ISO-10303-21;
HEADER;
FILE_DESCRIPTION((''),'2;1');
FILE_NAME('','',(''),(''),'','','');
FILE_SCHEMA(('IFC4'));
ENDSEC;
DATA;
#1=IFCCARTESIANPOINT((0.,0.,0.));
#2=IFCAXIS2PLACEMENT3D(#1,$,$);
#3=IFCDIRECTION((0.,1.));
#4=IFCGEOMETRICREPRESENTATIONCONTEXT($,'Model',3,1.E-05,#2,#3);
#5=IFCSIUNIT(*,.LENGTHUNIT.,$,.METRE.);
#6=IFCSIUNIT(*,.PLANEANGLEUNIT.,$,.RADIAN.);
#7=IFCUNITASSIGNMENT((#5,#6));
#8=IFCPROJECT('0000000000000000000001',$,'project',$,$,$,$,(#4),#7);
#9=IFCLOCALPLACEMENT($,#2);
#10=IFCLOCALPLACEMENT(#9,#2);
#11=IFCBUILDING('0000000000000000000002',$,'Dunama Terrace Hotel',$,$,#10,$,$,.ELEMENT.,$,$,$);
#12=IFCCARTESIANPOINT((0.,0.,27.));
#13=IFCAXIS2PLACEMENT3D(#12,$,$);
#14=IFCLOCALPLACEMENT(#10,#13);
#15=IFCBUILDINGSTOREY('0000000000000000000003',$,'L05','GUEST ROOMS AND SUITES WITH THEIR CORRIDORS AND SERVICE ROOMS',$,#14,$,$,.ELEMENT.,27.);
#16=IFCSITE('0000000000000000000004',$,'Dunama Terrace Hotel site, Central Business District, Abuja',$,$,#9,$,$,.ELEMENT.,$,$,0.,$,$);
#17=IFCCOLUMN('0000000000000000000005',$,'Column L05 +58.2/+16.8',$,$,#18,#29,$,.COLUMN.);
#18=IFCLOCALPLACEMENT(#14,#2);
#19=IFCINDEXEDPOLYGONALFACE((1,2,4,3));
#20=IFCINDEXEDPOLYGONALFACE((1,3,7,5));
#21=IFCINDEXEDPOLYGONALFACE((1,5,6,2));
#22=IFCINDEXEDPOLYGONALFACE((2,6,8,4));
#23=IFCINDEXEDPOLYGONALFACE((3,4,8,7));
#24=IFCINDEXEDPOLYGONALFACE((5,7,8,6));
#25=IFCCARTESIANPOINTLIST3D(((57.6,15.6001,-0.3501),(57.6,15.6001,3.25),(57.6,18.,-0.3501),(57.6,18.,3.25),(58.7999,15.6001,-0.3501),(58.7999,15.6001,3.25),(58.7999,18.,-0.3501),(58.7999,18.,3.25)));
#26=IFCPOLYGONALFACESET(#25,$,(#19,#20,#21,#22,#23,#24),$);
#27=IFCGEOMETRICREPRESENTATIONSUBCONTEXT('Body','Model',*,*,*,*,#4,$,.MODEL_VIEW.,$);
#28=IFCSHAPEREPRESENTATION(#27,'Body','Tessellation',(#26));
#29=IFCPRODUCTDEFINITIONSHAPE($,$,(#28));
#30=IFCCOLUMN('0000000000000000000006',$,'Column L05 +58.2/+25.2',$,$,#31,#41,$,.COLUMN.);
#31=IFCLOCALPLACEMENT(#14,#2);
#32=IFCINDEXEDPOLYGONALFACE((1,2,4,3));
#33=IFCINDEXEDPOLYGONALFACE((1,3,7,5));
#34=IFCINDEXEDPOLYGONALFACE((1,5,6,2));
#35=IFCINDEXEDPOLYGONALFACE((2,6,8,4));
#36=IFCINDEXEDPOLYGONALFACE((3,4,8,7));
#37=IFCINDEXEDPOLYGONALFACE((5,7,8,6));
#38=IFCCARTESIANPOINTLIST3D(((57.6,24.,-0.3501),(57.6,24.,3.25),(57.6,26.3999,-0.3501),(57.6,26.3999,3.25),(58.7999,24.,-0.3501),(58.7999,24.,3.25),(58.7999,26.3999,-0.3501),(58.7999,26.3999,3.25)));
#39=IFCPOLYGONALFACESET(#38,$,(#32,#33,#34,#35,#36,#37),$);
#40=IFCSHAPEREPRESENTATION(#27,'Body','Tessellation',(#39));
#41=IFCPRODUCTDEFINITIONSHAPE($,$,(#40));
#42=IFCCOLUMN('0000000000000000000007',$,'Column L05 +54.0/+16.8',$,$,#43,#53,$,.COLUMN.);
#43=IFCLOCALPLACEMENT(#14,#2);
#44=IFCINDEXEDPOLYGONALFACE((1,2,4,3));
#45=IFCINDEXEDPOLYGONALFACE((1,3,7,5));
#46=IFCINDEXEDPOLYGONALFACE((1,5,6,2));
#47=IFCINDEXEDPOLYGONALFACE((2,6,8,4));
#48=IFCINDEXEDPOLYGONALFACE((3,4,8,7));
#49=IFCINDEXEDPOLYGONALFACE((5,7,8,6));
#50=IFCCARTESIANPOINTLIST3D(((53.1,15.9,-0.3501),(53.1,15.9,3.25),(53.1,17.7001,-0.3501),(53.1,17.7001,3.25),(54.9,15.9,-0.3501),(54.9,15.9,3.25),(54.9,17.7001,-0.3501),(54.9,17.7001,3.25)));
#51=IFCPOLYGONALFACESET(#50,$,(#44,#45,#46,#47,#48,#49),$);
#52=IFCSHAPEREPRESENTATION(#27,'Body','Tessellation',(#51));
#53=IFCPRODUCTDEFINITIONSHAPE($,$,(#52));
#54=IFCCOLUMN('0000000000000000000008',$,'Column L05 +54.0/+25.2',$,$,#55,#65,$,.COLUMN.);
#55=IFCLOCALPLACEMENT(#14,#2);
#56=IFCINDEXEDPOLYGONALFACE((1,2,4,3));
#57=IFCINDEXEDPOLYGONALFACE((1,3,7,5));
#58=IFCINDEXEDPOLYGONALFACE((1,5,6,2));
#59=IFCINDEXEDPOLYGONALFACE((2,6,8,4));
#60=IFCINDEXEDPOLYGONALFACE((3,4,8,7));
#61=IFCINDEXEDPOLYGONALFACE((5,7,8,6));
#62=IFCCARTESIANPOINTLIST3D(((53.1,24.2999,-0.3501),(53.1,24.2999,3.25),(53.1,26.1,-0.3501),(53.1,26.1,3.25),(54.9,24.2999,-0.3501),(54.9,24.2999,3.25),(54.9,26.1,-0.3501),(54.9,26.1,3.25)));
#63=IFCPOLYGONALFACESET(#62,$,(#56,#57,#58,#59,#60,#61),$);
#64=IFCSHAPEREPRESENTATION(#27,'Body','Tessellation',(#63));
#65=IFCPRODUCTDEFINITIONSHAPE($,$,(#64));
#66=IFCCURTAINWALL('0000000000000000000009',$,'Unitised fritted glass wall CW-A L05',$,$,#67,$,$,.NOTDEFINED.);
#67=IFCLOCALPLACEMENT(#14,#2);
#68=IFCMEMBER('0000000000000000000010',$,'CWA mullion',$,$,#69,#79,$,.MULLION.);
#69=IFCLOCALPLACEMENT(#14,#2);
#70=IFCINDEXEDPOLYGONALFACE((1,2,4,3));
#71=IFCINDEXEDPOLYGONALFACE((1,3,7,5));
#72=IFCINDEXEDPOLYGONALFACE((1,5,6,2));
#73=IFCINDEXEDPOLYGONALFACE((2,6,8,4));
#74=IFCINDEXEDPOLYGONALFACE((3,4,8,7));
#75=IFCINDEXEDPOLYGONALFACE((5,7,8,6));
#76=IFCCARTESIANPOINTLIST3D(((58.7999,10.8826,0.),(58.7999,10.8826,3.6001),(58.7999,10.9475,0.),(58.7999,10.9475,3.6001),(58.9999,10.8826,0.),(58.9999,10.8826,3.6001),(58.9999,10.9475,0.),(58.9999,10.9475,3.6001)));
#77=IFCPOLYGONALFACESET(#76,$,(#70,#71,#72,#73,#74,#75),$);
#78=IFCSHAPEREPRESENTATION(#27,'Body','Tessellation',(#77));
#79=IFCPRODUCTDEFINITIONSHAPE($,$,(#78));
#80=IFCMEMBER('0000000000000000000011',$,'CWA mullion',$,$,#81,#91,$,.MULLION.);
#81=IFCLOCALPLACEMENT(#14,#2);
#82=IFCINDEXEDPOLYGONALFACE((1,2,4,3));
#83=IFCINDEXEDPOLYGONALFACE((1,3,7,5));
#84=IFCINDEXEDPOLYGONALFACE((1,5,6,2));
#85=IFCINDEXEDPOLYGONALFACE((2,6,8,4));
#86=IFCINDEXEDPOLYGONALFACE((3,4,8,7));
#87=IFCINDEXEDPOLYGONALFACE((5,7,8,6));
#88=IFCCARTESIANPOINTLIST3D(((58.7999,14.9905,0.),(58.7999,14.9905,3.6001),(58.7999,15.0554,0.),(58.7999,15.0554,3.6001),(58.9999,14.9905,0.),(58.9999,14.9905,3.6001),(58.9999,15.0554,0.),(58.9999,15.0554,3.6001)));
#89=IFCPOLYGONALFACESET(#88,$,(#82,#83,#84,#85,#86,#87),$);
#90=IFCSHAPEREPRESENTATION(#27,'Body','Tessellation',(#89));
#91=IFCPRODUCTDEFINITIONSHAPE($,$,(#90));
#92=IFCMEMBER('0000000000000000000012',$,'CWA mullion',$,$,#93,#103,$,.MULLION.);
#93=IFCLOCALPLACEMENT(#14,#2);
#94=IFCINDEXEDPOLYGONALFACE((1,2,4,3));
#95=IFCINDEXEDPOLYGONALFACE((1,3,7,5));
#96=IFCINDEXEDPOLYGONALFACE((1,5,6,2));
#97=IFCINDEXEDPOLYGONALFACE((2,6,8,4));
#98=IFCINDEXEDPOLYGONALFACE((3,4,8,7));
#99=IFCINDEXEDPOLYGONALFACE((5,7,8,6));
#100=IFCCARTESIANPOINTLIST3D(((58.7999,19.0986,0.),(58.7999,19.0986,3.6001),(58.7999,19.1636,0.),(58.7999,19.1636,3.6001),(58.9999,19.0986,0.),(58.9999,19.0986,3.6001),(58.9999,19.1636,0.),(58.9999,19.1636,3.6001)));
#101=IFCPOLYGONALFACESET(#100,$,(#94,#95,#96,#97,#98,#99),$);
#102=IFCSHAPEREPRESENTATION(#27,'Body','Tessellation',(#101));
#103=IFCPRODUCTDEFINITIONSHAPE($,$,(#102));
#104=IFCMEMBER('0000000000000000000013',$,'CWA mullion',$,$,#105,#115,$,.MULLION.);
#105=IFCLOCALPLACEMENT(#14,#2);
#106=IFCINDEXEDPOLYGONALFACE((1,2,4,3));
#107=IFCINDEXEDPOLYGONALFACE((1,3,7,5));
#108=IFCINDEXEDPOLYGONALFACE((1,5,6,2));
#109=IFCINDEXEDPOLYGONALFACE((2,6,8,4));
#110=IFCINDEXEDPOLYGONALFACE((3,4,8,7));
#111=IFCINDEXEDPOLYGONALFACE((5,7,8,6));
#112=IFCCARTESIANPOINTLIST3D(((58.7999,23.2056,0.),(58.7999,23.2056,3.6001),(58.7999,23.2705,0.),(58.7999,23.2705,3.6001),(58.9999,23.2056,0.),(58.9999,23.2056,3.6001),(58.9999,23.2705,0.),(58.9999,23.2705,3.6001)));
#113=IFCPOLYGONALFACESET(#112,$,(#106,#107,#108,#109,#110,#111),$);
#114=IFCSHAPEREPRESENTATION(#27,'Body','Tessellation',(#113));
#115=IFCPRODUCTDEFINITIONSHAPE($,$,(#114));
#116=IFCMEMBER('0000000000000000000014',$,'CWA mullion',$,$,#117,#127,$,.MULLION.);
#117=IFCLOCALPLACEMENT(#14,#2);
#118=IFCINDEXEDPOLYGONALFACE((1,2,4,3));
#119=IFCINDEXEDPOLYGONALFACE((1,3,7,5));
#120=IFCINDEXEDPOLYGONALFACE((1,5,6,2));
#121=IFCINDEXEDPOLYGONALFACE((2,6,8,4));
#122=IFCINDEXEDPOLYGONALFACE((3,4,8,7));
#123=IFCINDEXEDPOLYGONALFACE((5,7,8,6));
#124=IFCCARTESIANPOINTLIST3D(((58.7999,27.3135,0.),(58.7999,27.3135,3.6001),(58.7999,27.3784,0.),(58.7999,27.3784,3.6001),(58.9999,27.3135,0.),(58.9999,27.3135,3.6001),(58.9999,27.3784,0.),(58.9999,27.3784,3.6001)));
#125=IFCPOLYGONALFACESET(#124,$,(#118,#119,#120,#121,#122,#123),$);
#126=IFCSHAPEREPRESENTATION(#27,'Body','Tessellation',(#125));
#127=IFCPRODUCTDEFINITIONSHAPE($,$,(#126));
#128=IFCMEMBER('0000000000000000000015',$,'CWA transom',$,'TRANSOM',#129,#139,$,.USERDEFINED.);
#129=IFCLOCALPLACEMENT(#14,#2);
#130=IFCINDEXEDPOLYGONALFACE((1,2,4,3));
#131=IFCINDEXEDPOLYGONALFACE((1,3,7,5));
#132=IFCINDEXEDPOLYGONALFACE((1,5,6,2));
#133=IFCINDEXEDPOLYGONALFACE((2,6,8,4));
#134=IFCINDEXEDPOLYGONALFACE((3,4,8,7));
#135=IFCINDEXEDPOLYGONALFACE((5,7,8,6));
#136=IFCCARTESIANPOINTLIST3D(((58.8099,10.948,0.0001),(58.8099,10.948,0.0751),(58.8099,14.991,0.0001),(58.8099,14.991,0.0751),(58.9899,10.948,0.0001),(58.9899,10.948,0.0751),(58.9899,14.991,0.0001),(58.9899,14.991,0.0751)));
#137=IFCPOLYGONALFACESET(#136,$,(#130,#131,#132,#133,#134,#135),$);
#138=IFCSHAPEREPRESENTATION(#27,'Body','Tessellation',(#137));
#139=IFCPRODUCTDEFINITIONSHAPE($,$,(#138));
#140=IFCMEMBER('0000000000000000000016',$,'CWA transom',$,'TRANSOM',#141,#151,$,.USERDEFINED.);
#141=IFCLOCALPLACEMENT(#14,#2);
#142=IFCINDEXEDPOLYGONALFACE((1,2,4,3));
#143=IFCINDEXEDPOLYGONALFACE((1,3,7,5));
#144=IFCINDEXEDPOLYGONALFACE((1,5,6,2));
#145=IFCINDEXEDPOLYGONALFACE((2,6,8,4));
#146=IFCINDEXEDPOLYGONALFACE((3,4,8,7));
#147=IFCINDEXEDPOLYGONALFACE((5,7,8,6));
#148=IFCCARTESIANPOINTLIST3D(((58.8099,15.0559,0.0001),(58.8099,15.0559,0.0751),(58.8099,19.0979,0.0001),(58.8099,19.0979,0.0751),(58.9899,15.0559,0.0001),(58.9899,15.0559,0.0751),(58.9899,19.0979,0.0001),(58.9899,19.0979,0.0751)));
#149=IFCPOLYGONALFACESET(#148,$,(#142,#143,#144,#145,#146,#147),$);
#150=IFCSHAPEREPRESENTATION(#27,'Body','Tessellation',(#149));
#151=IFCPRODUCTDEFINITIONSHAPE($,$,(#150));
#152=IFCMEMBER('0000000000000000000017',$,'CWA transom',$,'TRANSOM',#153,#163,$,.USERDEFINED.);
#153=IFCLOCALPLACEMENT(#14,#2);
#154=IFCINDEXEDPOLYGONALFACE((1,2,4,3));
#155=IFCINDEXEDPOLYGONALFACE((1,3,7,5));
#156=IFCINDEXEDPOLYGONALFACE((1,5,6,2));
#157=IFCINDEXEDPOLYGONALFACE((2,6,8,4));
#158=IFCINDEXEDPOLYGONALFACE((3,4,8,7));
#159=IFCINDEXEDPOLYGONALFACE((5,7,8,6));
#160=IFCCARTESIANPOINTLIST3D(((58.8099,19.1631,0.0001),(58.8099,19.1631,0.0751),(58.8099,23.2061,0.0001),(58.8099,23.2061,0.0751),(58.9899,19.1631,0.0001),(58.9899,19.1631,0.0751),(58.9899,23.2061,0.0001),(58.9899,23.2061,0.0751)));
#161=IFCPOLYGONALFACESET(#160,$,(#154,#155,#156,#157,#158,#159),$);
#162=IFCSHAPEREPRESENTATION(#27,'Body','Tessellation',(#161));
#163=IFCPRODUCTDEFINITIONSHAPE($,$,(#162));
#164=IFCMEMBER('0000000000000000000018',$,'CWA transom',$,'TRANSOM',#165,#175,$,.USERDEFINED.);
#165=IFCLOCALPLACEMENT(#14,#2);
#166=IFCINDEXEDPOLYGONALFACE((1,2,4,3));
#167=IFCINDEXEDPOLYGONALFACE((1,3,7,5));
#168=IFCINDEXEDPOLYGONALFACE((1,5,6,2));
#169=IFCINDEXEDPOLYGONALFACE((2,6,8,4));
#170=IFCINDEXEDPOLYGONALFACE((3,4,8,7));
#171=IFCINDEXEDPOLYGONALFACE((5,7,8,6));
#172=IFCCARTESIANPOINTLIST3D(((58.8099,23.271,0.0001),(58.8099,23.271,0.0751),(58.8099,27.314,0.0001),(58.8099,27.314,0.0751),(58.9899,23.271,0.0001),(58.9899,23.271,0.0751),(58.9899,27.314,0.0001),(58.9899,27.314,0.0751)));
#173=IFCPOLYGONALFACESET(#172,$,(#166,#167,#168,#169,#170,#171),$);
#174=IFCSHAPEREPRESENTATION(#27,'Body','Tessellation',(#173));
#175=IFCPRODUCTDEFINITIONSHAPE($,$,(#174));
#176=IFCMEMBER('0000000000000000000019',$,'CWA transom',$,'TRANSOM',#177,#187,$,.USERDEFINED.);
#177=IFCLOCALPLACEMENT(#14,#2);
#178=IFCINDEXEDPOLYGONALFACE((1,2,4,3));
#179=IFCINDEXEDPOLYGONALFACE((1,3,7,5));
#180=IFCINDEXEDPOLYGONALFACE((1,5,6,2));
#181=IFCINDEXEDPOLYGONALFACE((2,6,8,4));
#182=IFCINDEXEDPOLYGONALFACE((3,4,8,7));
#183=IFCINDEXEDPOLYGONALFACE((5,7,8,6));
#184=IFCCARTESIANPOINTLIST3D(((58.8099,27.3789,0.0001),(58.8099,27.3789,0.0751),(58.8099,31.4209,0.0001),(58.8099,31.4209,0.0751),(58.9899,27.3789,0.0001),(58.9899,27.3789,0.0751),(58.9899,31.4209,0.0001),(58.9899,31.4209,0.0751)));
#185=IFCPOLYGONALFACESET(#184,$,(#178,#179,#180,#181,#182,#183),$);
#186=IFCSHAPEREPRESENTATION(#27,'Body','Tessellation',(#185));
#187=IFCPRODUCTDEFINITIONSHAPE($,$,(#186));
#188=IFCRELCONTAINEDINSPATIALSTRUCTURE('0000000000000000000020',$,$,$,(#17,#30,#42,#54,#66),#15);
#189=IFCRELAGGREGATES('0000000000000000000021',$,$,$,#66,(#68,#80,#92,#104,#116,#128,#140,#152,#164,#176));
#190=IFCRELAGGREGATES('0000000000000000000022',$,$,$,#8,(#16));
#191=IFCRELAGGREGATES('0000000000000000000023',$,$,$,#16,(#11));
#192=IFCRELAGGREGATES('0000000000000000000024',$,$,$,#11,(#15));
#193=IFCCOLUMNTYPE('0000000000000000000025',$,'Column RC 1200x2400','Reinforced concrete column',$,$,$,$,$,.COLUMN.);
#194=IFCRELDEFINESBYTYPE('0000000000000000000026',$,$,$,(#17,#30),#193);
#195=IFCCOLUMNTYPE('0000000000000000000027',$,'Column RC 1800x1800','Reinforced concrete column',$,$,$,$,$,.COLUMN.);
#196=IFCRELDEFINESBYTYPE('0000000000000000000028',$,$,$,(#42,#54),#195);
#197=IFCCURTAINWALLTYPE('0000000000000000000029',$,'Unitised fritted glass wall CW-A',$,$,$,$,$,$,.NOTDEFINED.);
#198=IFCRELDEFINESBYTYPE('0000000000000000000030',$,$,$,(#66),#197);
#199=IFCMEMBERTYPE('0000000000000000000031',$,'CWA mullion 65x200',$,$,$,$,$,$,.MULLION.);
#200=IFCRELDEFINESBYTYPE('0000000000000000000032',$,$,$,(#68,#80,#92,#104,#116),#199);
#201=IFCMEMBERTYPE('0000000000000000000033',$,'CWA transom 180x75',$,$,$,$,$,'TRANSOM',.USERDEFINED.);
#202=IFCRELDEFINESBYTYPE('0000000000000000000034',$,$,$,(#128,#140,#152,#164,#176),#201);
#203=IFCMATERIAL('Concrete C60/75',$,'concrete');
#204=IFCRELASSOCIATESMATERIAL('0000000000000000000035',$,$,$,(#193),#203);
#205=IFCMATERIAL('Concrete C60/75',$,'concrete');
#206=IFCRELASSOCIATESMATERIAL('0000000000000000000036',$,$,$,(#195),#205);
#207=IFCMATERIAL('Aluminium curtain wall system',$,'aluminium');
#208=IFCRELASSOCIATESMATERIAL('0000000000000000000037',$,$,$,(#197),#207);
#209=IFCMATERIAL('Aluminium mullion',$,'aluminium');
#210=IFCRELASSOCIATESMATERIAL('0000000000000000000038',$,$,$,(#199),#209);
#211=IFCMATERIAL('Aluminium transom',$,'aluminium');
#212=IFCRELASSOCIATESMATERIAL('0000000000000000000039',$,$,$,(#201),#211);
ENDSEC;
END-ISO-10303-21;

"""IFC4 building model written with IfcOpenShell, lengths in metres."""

from ifc_helpers import new_model, si_unit, direction, frame, origin, origin_2d, place, context, subcontext, project, spatial, rectangle, extrude, material, material_profile, profile_set, type_object, element, aggregate, save


model = new_model("IFC4")

# Units and contexts
model_context = context("Model", 3, precision=1e-05, world=origin(), true_north=direction((0.0, 1.0)))
body_context = subcontext(model_context, "Body", "Model", "MODEL_VIEW")
ifc_project = project(units=[si_unit("LENGTHUNIT", "METRE"), si_unit("PLANEANGLEUNIT", "RADIAN")], contexts=[model_context])

# Site, building, storey
site_placement = place(None, origin())
site = spatial("IfcSite", under=ifc_project, at=site_placement, Name="Dunama Terrace Hotel site, Central Business District, Abuja", CompositionType="ELEMENT", RefElevation=0.0)
building_placement = place(site_placement, origin())
building = spatial("IfcBuilding", under=site, at=building_placement, Name="Dunama Terrace Hotel", CompositionType="ELEMENT")
storey_placement = place(building_placement, frame((0.0, 0.0, 27.0)))
storey = spatial("IfcBuildingStorey", under=building, at=storey_placement, Name="L05", Description="GUEST ROOMS AND SUITES WITH THEIR CORRIDORS AND SERVICE ROOMS", CompositionType="ELEMENT", Elevation=27.0)

# Columns
ifc_material_1 = material(Name="Concrete C60/75", Category="concrete")
ifc_material_profile_1 = material_profile(ifc_material_1, rectangle(XDim=1.2, YDim=2.3999, at=origin_2d()), Name="RC 1200x2400")
ifc_profile_set_1 = profile_set([ifc_material_profile_1], Name="Concrete C60/75")
column_type_1 = type_object("IfcColumnType", Name="Column RC 1200x2400", Description="Reinforced concrete column", PredefinedType="COLUMN", material=ifc_profile_set_1)
for number, where, z_axis, x_axis, name in (
    (1, (58.2, 16.8, -0.3501), (0.0, 0.0, 1.0), (1.0, 0.0, 0.0), "Column L05 +58.2/+16.8"),
    (2, (58.2, 25.2, -0.3501), (0.0, 0.0, 1.0), (1.0, 0.0, 0.0), "Column L05 +58.2/+25.2"),
):
    element("IfcColumn", number, at=place(storey_placement, frame(where, z_axis=z_axis, x_axis=x_axis)), inside=storey, type_object=column_type_1, Name=name, PredefinedType="COLUMN", context=body_context, shape_type="SweptSolid", body=[
        extrude(rectangle(XDim=1.2, YDim=2.3999, at=origin_2d()), origin(), (0.0, 0.0, 1.0), 3.6001),
    ])
ifc_material_2 = material(Name="Concrete C60/75", Category="concrete")
ifc_material_profile_2 = material_profile(ifc_material_2, rectangle(XDim=1.8, YDim=1.8, at=origin_2d()), Name="RC 1800x1800")
ifc_profile_set_2 = profile_set([ifc_material_profile_2], Name="Concrete C60/75")
column_type_2 = type_object("IfcColumnType", Name="Column RC 1800x1800", Description="Reinforced concrete column", PredefinedType="COLUMN", material=ifc_profile_set_2)
for number, where, z_axis, x_axis, name in (
    (3, (54.0, 16.8, -0.3501), (0.0, 0.0, 1.0), (1.0, 0.0, 0.0), "Column L05 +54.0/+16.8"),
    (4, (54.0, 25.2, -0.3501), (0.0, 0.0, 1.0), (1.0, 0.0, 0.0), "Column L05 +54.0/+25.2"),
):
    element("IfcColumn", number, at=place(storey_placement, frame(where, z_axis=z_axis, x_axis=x_axis)), inside=storey, type_object=column_type_2, Name=name, PredefinedType="COLUMN", context=body_context, shape_type="SweptSolid", body=[
        extrude(rectangle(XDim=1.8, YDim=1.8, at=origin_2d()), origin(), (0.0, 0.0, 1.0), 3.6001),
    ])

# Curtain wall, members
ifc_material_3 = material(Name="Aluminium curtain wall system", Category="aluminium")
curtain_wall_type = type_object("IfcCurtainWallType", Name="Unitised fritted glass wall CW-A", PredefinedType="NOTDEFINED", material=ifc_material_3)
curtain_wall_placement = place(storey_placement, origin())
curtain_wall = element("IfcCurtainWall", 5, at=curtain_wall_placement, inside=storey, type_object=curtain_wall_type, Name="Unitised fritted glass wall CW-A L05", PredefinedType="NOTDEFINED")
ifc_material_4 = material(Name="Aluminium mullion", Category="aluminium")
ifc_material_profile_3 = material_profile(ifc_material_4, rectangle(XDim=0.0649, YDim=0.2, at=origin_2d()), Name="CWA MULLION 65X200")
ifc_profile_set_3 = profile_set([ifc_material_profile_3], Name="Aluminium mullion")
member_type_1 = type_object("IfcMemberType", Name="CWA mullion 65x200", PredefinedType="MULLION", material=ifc_profile_set_3)
member_1_placement = place(storey_placement, frame((58.8999, 10.915, 0.0), z_axis=(0.0, 0.0, 1.0), x_axis=(0.0, 1.0, 0.0)))
member_1 = element("IfcMember", 6, at=member_1_placement, type_object=member_type_1, Name="CWA mullion", PredefinedType="MULLION", context=body_context, shape_type="SweptSolid", body=[
    extrude(rectangle(XDim=0.0649, YDim=0.2, at=origin_2d()), origin(), (0.0, 0.0, 1.0), 3.6001),
])
member_2_placement = place(storey_placement, frame((58.8999, 15.0229, 0.0), z_axis=(0.0, 0.0, 1.0), x_axis=(0.0, 1.0, 0.0)))
member_2 = element("IfcMember", 7, at=member_2_placement, type_object=member_type_1, Name="CWA mullion", PredefinedType="MULLION", context=body_context, shape_type="SweptSolid", body=[
    extrude(rectangle(XDim=0.0649, YDim=0.2, at=origin_2d()), origin(), (0.0, 0.0, 1.0), 3.6001),
])
member_3_placement = place(storey_placement, frame((58.8999, 19.1311, 0.0), z_axis=(0.0, 0.0, 1.0), x_axis=(0.0, 1.0, 0.0)))
member_3 = element("IfcMember", 8, at=member_3_placement, type_object=member_type_1, Name="CWA mullion", PredefinedType="MULLION", context=body_context, shape_type="SweptSolid", body=[
    extrude(rectangle(XDim=0.0649, YDim=0.2, at=origin_2d()), origin(), (0.0, 0.0, 1.0), 3.6001),
])
member_4_placement = place(storey_placement, frame((58.8999, 23.238, 0.0), z_axis=(0.0, 0.0, 1.0), x_axis=(0.0, 1.0, 0.0)))
member_4 = element("IfcMember", 9, at=member_4_placement, type_object=member_type_1, Name="CWA mullion", PredefinedType="MULLION", context=body_context, shape_type="SweptSolid", body=[
    extrude(rectangle(XDim=0.0649, YDim=0.2, at=origin_2d()), origin(), (0.0, 0.0, 1.0), 3.6001),
])
member_5_placement = place(storey_placement, frame((58.8999, 27.3459, 0.0), z_axis=(0.0, 0.0, 1.0), x_axis=(0.0, 1.0, 0.0)))
member_5 = element("IfcMember", 10, at=member_5_placement, type_object=member_type_1, Name="CWA mullion", PredefinedType="MULLION", context=body_context, shape_type="SweptSolid", body=[
    extrude(rectangle(XDim=0.0649, YDim=0.2, at=origin_2d()), origin(), (0.0, 0.0, 1.0), 3.6001),
])
ifc_material_5 = material(Name="Aluminium transom", Category="aluminium")
ifc_material_profile_4 = material_profile(ifc_material_5, rectangle(XDim=0.1799, YDim=0.075, at=origin_2d()), Name="CWA TRANSOM 180X75")
ifc_profile_set_4 = profile_set([ifc_material_profile_4], Name="Aluminium transom")
member_type_2 = type_object("IfcMemberType", Name="CWA transom 180x75", ElementType="TRANSOM", PredefinedType="USERDEFINED", material=ifc_profile_set_4)
member_6_placement = place(storey_placement, frame((58.8999, 10.948, 0.0376), z_axis=(0.0, 1.0, 0.0), x_axis=(-1.0, 0.0, 0.0)))
member_6 = element("IfcMember", 11, at=member_6_placement, type_object=member_type_2, Name="CWA transom", ObjectType="TRANSOM", PredefinedType="USERDEFINED", context=body_context, shape_type="SweptSolid", body=[
    extrude(rectangle(XDim=0.1799, YDim=0.075, at=origin_2d()), origin(), (0.0, 0.0, 1.0), 4.043),
])
member_7_placement = place(storey_placement, frame((58.8999, 15.0559, 0.0376), z_axis=(0.0, 1.0, 0.0), x_axis=(-1.0, 0.0, 0.0)))
member_7 = element("IfcMember", 12, at=member_7_placement, type_object=member_type_2, Name="CWA transom", ObjectType="TRANSOM", PredefinedType="USERDEFINED", context=body_context, shape_type="SweptSolid", body=[
    extrude(rectangle(XDim=0.1799, YDim=0.075, at=origin_2d()), origin(), (0.0, 0.0, 1.0), 4.042),
])
member_8_placement = place(storey_placement, frame((58.8999, 19.1631, 0.0376), z_axis=(0.0, 1.0, 0.0), x_axis=(-1.0, 0.0, 0.0)))
member_8 = element("IfcMember", 13, at=member_8_placement, type_object=member_type_2, Name="CWA transom", ObjectType="TRANSOM", PredefinedType="USERDEFINED", context=body_context, shape_type="SweptSolid", body=[
    extrude(rectangle(XDim=0.1799, YDim=0.075, at=origin_2d()), origin(), (0.0, 0.0, 1.0), 4.043),
])
member_9_placement = place(storey_placement, frame((58.8999, 23.271, 0.0376), z_axis=(0.0, 1.0, 0.0), x_axis=(-1.0, 0.0, 0.0)))
member_9 = element("IfcMember", 14, at=member_9_placement, type_object=member_type_2, Name="CWA transom", ObjectType="TRANSOM", PredefinedType="USERDEFINED", context=body_context, shape_type="SweptSolid", body=[
    extrude(rectangle(XDim=0.1799, YDim=0.075, at=origin_2d()), origin(), (0.0, 0.0, 1.0), 4.043),
])
member_10_placement = place(storey_placement, frame((58.8999, 27.3789, 0.0376), z_axis=(0.0, 1.0, 0.0), x_axis=(-1.0, 0.0, 0.0)))
member_10 = element("IfcMember", 15, at=member_10_placement, type_object=member_type_2, Name="CWA transom", ObjectType="TRANSOM", PredefinedType="USERDEFINED", context=body_context, shape_type="SweptSolid", body=[
    extrude(rectangle(XDim=0.1799, YDim=0.075, at=origin_2d()), origin(), (0.0, 0.0, 1.0), 4.042),
])

aggregate(curtain_wall, [member_1, member_2, member_3, member_4, member_5, member_6, member_7, member_8, member_9, member_10])

save(model, "model.ifc")
